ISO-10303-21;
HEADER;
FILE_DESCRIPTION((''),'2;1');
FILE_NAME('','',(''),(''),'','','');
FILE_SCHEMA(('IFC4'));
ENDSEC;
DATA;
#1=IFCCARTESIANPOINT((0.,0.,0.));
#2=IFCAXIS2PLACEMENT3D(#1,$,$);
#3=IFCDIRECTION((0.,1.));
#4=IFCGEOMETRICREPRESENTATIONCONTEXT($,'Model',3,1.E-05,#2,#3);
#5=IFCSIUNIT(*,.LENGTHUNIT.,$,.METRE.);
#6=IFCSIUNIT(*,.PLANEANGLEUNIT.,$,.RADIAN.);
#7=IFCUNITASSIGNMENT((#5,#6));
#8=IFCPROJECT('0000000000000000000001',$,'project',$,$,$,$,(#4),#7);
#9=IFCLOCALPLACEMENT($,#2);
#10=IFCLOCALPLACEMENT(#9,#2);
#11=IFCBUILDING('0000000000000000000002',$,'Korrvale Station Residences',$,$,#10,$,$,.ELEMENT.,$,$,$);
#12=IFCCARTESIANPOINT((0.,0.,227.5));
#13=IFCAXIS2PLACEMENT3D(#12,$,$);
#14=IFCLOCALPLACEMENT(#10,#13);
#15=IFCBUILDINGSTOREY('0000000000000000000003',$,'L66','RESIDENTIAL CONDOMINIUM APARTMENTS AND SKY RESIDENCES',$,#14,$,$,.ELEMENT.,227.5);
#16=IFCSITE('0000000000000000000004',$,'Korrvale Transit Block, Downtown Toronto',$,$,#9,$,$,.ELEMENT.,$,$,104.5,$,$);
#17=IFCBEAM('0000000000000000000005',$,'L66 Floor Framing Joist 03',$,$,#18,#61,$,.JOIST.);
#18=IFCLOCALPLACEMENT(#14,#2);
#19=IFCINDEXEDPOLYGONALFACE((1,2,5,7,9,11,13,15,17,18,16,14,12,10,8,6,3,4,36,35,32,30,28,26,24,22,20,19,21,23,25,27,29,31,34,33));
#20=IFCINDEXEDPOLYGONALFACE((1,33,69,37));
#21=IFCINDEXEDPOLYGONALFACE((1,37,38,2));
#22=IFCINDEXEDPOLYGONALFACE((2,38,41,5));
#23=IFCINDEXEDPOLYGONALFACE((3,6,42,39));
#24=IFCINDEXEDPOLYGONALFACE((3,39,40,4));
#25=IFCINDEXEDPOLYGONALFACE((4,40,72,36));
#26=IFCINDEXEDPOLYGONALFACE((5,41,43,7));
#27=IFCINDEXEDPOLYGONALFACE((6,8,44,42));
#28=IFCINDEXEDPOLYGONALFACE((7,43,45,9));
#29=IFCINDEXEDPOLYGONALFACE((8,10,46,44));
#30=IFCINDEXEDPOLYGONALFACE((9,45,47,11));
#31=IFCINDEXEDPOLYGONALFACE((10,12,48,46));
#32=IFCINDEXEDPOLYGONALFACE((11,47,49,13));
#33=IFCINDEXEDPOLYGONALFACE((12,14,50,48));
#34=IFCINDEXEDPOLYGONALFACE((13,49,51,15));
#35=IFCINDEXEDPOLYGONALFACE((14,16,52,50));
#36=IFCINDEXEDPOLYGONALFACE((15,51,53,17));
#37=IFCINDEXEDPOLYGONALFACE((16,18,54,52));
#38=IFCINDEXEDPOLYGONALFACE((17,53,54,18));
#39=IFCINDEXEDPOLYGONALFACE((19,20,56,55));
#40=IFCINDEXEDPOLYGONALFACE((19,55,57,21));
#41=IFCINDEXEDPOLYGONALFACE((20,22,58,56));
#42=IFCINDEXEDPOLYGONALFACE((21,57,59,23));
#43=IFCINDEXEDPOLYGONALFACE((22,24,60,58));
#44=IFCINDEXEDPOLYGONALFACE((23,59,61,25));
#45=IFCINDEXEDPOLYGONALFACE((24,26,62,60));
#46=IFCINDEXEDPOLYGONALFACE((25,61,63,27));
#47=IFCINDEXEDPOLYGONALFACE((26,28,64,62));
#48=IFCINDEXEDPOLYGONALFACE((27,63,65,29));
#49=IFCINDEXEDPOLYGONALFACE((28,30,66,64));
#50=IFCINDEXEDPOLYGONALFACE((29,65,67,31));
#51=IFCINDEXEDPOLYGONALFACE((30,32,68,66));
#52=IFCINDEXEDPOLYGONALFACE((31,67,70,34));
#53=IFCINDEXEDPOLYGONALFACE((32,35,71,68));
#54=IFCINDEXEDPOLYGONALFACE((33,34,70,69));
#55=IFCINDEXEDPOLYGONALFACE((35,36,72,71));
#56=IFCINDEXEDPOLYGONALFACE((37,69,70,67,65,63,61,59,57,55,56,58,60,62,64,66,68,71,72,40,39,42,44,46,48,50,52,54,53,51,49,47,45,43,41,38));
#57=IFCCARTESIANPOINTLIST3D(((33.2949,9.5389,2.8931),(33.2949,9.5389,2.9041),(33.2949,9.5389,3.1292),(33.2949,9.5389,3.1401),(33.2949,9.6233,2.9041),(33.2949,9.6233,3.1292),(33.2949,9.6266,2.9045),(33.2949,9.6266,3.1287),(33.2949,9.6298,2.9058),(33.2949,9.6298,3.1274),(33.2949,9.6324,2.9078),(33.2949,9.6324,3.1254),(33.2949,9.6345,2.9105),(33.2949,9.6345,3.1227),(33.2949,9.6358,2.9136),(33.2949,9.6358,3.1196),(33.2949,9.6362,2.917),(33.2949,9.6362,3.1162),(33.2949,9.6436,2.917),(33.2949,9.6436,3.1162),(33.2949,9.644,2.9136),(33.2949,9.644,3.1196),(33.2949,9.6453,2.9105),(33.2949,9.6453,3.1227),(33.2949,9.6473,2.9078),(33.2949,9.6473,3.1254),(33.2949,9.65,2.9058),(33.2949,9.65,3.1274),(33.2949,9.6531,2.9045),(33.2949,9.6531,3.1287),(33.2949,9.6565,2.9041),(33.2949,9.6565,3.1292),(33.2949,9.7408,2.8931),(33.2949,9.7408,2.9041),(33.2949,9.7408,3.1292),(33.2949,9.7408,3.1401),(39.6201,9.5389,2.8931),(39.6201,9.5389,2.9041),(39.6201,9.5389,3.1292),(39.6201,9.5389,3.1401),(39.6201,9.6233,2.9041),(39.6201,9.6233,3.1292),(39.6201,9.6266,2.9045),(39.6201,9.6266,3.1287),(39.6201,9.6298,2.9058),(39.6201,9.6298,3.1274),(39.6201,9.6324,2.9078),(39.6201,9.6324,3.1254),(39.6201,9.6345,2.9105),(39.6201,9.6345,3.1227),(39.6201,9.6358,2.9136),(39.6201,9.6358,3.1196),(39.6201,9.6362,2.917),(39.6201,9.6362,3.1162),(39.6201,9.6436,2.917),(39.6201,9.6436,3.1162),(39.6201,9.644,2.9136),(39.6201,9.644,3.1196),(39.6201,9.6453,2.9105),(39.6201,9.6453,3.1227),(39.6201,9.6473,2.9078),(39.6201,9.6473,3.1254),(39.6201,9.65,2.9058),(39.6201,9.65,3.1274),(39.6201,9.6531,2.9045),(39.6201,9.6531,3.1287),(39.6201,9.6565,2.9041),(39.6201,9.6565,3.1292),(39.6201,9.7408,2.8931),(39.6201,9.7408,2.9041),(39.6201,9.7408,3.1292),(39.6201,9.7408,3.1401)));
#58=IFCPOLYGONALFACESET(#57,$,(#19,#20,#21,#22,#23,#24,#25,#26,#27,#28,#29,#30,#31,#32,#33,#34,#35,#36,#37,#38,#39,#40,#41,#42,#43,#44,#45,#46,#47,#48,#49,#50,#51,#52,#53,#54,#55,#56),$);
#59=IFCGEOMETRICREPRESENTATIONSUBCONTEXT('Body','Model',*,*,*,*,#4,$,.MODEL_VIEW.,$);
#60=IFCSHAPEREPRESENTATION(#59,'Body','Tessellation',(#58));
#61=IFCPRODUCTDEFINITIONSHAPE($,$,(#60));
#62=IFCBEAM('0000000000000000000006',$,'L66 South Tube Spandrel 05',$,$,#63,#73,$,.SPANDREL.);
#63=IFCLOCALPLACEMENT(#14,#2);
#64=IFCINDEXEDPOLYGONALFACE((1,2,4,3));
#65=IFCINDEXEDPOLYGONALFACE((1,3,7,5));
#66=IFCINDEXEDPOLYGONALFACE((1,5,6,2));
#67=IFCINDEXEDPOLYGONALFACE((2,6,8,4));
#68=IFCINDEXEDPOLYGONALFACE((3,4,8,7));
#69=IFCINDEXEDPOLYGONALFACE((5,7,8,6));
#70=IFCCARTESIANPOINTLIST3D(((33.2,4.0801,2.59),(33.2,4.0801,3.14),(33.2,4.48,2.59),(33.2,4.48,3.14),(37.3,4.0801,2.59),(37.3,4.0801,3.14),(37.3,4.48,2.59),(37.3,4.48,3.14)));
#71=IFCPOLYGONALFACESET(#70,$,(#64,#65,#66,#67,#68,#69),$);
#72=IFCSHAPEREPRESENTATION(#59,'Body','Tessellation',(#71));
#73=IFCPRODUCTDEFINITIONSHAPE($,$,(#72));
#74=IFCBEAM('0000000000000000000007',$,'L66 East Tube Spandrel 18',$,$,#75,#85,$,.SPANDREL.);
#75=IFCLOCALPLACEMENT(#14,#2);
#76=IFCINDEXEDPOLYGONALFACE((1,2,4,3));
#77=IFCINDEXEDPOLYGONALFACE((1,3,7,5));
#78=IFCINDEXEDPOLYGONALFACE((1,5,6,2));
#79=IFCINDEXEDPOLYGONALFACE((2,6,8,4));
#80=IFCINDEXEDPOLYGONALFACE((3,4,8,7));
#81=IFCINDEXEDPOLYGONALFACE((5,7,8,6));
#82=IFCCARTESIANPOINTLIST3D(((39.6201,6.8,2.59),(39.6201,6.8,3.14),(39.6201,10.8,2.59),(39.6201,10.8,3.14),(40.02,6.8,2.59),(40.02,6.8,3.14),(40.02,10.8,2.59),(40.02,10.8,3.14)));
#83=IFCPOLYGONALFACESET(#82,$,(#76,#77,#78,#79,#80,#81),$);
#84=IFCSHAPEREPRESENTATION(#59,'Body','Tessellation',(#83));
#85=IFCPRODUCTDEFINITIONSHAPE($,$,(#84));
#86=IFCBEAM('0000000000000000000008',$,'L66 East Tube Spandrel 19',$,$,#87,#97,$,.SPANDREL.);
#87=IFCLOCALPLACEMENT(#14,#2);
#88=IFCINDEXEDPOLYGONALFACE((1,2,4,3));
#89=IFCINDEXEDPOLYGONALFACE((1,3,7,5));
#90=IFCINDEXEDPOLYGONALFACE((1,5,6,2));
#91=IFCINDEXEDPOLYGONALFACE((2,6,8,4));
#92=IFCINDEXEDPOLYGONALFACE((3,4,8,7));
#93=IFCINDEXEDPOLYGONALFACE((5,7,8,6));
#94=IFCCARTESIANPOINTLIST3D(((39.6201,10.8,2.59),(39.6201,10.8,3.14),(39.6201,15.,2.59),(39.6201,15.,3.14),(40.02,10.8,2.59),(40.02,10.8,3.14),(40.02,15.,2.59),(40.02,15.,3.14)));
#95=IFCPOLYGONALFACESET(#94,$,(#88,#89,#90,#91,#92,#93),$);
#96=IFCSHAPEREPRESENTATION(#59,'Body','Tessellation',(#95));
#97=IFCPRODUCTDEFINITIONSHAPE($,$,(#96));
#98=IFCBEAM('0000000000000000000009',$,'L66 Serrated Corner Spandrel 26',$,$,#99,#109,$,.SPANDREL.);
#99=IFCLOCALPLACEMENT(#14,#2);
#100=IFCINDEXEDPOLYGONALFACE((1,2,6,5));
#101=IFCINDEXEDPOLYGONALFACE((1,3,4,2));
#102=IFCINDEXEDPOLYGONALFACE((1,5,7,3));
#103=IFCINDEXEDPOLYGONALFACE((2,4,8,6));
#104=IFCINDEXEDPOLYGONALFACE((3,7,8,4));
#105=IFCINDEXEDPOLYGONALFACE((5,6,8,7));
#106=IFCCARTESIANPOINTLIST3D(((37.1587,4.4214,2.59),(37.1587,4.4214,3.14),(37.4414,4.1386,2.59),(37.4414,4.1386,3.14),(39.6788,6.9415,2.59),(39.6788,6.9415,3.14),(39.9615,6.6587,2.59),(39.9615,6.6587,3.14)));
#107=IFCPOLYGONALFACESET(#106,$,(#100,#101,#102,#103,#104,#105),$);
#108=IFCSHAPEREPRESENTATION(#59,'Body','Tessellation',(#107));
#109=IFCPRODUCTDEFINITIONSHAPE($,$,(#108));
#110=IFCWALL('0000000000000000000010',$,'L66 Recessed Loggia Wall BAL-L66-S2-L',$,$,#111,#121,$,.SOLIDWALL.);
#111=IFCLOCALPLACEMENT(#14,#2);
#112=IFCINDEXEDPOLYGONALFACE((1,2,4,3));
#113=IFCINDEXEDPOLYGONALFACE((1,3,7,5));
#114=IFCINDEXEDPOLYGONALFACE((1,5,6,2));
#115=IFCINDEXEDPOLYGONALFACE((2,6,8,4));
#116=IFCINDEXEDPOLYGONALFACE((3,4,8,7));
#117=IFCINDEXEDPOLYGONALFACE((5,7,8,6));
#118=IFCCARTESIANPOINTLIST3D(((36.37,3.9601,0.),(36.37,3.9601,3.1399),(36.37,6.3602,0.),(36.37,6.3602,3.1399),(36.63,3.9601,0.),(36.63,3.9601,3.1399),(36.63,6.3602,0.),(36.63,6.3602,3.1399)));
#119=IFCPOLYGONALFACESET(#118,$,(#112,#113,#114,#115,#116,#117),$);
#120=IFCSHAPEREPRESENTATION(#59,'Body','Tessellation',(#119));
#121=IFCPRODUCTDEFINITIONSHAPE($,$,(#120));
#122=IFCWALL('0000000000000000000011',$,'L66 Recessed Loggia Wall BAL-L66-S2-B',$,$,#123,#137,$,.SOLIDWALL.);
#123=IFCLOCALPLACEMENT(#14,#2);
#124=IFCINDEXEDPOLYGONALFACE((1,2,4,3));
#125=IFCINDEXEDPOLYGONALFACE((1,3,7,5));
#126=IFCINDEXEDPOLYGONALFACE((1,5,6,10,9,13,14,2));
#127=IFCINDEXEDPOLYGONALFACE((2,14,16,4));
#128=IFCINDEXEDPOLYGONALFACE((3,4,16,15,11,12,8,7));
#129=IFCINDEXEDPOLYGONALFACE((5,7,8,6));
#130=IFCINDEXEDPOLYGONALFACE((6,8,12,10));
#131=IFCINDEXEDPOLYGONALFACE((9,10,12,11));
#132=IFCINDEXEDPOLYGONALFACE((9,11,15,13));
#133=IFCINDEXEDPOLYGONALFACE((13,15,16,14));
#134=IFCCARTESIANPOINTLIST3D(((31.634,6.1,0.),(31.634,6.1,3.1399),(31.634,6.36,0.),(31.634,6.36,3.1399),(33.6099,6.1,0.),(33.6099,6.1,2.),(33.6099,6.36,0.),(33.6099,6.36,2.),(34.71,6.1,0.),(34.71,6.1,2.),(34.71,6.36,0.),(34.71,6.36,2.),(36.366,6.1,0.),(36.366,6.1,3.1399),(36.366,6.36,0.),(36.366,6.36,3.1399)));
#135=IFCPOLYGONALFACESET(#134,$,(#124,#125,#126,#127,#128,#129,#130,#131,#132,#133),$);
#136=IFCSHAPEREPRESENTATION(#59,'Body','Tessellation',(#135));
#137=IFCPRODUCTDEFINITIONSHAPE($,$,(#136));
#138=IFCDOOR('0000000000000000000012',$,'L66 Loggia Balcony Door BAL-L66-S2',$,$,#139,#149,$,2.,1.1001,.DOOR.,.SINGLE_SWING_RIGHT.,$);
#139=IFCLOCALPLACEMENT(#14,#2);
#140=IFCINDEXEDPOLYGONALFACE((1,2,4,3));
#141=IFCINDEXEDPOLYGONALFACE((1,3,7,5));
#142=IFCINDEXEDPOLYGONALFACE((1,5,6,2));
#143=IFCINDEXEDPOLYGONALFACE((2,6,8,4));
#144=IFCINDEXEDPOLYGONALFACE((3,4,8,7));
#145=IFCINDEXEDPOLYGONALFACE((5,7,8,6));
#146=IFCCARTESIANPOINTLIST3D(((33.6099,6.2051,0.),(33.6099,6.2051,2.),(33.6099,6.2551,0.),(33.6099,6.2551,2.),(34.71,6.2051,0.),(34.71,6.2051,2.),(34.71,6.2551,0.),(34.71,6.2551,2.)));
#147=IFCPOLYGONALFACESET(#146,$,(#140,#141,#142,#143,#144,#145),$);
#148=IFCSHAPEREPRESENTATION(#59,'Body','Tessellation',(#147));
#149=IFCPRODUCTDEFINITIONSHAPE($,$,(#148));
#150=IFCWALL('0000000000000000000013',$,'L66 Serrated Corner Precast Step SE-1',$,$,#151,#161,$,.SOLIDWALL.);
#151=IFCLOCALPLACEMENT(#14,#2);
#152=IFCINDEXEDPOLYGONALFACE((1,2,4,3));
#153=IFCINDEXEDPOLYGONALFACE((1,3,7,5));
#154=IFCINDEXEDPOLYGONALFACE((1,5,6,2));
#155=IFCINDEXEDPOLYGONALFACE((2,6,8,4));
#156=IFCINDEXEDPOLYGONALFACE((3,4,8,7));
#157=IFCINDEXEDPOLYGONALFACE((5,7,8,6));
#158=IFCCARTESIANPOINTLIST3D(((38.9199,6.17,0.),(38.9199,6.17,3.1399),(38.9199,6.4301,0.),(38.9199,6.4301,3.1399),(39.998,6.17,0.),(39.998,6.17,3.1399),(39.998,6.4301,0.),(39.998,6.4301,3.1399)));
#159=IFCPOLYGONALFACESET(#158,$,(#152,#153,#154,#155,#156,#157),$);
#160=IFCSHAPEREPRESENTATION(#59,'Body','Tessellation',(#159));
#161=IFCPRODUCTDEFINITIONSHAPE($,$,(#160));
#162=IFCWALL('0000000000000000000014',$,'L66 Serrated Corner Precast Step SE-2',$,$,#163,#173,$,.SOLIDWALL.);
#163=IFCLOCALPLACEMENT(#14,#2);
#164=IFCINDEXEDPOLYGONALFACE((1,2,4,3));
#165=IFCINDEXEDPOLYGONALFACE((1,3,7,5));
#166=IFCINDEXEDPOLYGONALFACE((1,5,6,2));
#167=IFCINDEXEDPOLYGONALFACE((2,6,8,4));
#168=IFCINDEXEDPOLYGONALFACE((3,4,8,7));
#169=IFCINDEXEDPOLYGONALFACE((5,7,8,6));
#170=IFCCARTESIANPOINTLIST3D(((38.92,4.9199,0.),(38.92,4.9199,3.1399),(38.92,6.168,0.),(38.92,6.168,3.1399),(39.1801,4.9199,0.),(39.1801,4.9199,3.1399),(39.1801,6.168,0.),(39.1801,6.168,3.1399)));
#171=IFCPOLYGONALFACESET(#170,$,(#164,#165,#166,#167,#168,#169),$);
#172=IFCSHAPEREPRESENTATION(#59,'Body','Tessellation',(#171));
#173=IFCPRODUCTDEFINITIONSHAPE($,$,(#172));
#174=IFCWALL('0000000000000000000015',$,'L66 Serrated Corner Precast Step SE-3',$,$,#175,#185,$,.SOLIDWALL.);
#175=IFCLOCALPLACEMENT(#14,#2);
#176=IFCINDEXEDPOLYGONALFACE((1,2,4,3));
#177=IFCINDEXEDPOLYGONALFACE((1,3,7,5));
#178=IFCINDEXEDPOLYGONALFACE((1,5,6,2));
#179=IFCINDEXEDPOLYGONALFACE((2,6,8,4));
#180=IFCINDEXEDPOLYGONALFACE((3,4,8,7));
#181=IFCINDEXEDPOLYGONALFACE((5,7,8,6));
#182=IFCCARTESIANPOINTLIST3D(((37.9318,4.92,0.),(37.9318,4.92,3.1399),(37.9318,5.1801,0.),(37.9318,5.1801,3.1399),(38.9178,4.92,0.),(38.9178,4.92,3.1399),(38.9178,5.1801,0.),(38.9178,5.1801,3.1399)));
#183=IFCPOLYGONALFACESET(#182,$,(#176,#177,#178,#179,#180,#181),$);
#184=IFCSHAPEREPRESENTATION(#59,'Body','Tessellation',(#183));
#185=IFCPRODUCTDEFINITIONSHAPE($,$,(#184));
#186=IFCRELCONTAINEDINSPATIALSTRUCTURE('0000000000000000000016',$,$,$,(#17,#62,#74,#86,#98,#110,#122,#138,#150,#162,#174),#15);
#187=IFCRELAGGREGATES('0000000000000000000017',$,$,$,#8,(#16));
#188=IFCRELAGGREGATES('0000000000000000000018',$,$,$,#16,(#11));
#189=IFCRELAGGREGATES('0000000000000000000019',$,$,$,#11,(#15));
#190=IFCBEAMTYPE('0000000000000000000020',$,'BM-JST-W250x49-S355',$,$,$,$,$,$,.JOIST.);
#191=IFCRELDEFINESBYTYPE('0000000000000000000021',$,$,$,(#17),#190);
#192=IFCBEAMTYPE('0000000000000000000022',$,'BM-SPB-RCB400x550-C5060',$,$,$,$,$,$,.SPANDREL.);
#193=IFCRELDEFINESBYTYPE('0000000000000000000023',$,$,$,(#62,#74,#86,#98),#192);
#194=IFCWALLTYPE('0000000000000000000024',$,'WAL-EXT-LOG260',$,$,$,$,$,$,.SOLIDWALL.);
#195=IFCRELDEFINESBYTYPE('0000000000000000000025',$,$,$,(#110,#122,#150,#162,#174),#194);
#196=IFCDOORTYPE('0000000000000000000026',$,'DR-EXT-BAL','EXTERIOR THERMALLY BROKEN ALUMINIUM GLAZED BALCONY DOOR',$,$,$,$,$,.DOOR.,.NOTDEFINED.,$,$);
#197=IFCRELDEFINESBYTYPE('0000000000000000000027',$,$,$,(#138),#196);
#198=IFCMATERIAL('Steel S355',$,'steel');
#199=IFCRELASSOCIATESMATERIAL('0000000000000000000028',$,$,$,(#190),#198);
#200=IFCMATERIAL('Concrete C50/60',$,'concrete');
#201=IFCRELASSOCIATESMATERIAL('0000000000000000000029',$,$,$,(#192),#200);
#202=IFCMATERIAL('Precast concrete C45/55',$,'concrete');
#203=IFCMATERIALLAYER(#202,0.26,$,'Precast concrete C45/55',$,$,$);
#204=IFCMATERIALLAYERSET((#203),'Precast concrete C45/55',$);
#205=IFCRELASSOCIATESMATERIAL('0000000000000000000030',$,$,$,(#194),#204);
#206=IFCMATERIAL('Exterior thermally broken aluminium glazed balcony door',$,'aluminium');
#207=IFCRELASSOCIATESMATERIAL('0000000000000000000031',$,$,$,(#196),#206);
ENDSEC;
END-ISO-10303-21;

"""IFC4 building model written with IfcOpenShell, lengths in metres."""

from ifc_helpers import new_model, si_unit, direction, frame, frame_2d, origin, origin_2d, place, context, subcontext, project, spatial, rectangle, i_section, extrude, material, layer, layer_set, material_profile, profile_set, type_object, element, fill, save


model = new_model("IFC4")

# Units and contexts
model_context = context("Model", 3, precision=1e-05, world=origin(), true_north=direction((0.0, 1.0)))
body_context = subcontext(model_context, "Body", "Model", "MODEL_VIEW")
ifc_project = project(units=[si_unit("LENGTHUNIT", "METRE"), si_unit("PLANEANGLEUNIT", "RADIAN")], contexts=[model_context])

# Site, building, storey
site_placement = place(None, origin())
site = spatial("IfcSite", under=ifc_project, at=site_placement, Name="Korrvale Transit Block, Downtown Toronto", CompositionType="ELEMENT", RefElevation=104.5)
building_placement = place(site_placement, origin())
building = spatial("IfcBuilding", under=site, at=building_placement, Name="Korrvale Station Residences", CompositionType="ELEMENT")
storey_placement = place(building_placement, frame((0.0, 0.0, 227.5)))
storey = spatial("IfcBuildingStorey", under=building, at=storey_placement, Name="L66", Description="RESIDENTIAL CONDOMINIUM APARTMENTS AND SKY RESIDENCES", CompositionType="ELEMENT", Elevation=227.5)

# Shared definitions
ifc_material_1 = material(Name="Concrete C50/60", Category="concrete")

# Beams
ifc_material_2 = material(Name="Steel S355", Category="steel")
ifc_material_profile_1 = material_profile(ifc_material_2, i_section(OverallWidth=0.2019, OverallDepth=0.2471, WebThickness=0.0073, FlangeThickness=0.011, FilletRadius=0.0129, at=origin_2d()), Name="W250x49")
ifc_profile_set_1 = profile_set([ifc_material_profile_1], Name="Steel S355")
beam_type_1 = type_object("IfcBeamType", Name="BM-JST-W250x49-S355", PredefinedType="JOIST", material=ifc_profile_set_1)
beam_1_placement = place(storey_placement, frame((33.2949, 9.6399, 3.0166), z_axis=(1.0, 0.0, 0.0), x_axis=(0.0, 1.0, 0.0)))
element("IfcBeam", 1, at=beam_1_placement, inside=storey, type_object=beam_type_1, Name="L66 Floor Framing Joist 03", PredefinedType="JOIST", context=body_context, shape_type="SweptSolid", body=[
    extrude(i_section(OverallWidth=0.2019, OverallDepth=0.2471, WebThickness=0.0073, FlangeThickness=0.011, FilletRadius=0.0129, at=origin_2d()), origin(), (0.0, 0.0, 1.0), 6.3252),
])
ifc_material_profile_2 = material_profile(ifc_material_1, rectangle(XDim=0.3999, YDim=0.55, at=origin_2d()), Name="RCB400x550")
ifc_profile_set_2 = profile_set([ifc_material_profile_2], Name="Concrete C50/60")
beam_type_2 = type_object("IfcBeamType", Name="BM-SPB-RCB400x550-C5060", PredefinedType="SPANDREL", material=ifc_profile_set_2)
beam_2_placement = place(storey_placement, frame((33.2, 4.28, 2.865), z_axis=(1.0, 0.0, 0.0), x_axis=(0.0, 1.0, 0.0)))
element("IfcBeam", 2, at=beam_2_placement, inside=storey, type_object=beam_type_2, Name="L66 South Tube Spandrel 05", PredefinedType="SPANDREL", context=body_context, shape_type="SweptSolid", body=[
    extrude(rectangle(XDim=0.3999, YDim=0.55, at=origin_2d()), origin(), (0.0, 0.0, 1.0), 4.1001),
])
beam_3_placement = place(storey_placement, frame((39.8201, 6.8, 2.865), z_axis=(0.0, 1.0, 0.0), x_axis=(-1.0, 0.0, 0.0)))
element("IfcBeam", 3, at=beam_3_placement, inside=storey, type_object=beam_type_2, Name="L66 East Tube Spandrel 18", PredefinedType="SPANDREL", context=body_context, shape_type="SweptSolid", body=[
    extrude(rectangle(XDim=0.3999, YDim=0.55, at=origin_2d()), origin(), (0.0, 0.0, 1.0), 4.0),
])
beam_4_placement = place(storey_placement, frame((39.8201, 10.8, 2.865), z_axis=(0.0, 1.0, 0.0), x_axis=(-1.0, 0.0, 0.0)))
element("IfcBeam", 4, at=beam_4_placement, inside=storey, type_object=beam_type_2, Name="L66 East Tube Spandrel 19", PredefinedType="SPANDREL", context=body_context, shape_type="SweptSolid", body=[
    extrude(rectangle(XDim=0.3999, YDim=0.55, at=origin_2d()), origin(), (0.0, 0.0, 1.0), 4.2),
])
beam_5_placement = place(storey_placement, frame((37.3, 4.28, 2.865), z_axis=(0.707107, 0.707107, 0.0), x_axis=(-0.707107, 0.707107, 0.0)))
element("IfcBeam", 5, at=beam_5_placement, inside=storey, type_object=beam_type_2, Name="L66 Serrated Corner Spandrel 26", PredefinedType="SPANDREL", context=body_context, shape_type="SweptSolid", body=[
    extrude(rectangle(XDim=0.3999, YDim=0.55, at=origin_2d()), origin(), (0.0, 0.0, 1.0), 3.564),
])

# Wall
ifc_material_3 = material(Name="Precast concrete C45/55", Category="concrete")
ifc_layer_1 = layer(ifc_material_3, 0.26, Name="Precast concrete C45/55")
ifc_layer_set_1 = layer_set([ifc_layer_1], Name="Precast concrete C45/55")
wall_type_1 = type_object("IfcWallType", Name="WAL-EXT-LOG260", PredefinedType="SOLIDWALL", material=ifc_layer_set_1)
wall_1_placement = place(storey_placement, frame((36.5, 3.96, 0.0), z_axis=(0.0, 0.0, 1.0), x_axis=(0.0, 1.0, 0.0)))
element("IfcWall", 6, at=wall_1_placement, inside=storey, type_object=wall_type_1, Name="L66 Recessed Loggia Wall BAL-L66-S2-L", PredefinedType="SOLIDWALL", context=body_context, shape_type="SweptSolid", body=[
    extrude(rectangle(XDim=2.4001, YDim=0.26, at=frame_2d((1.2002, 0.0))), origin(), (0.0, 0.0, 1.0), 3.1399),
])

# Wall, opening, door
wall_2_placement = place(storey_placement, frame((36.366, 6.23, 0.0), z_axis=(0.0, 0.0, 1.0), x_axis=(-1.0, 0.0, 0.0)))
wall_2 = element("IfcWall", 7, at=wall_2_placement, inside=storey, type_object=wall_type_1, Name="L66 Recessed Loggia Wall BAL-L66-S2-B", PredefinedType="SOLIDWALL", context=body_context, shape_type="SweptSolid", body=[
    extrude(rectangle(XDim=4.7319, YDim=0.26, at=frame_2d((2.366, 0.0))), origin(), (0.0, 0.0, 1.0), 3.1399),
])
opening_1_placement = place(wall_2_placement, frame((1.656, 0.0, 0.0)))
opening_1 = element("IfcOpeningElement", 8, at=opening_1_placement, cuts=wall_2, PredefinedType="OPENING", context=body_context, shape_type="SweptSolid", body=[
    extrude(rectangle(XDim=1.1001, YDim=2.0, at=frame_2d((0.55, 1.0))), frame((0.0, 0.1401, 0.0), z_axis=(0.0, -1.0, 0.0), x_axis=(1.0, 0.0, 0.0)), (0.0, 0.0, 1.0), 0.28),
])
ifc_material_4 = material(Name="Exterior thermally broken aluminium glazed balcony door", Category="aluminium")
door_type_1 = type_object("IfcDoorType", Name="DR-EXT-BAL", Description="EXTERIOR THERMALLY BROKEN ALUMINIUM GLAZED BALCONY DOOR", OperationType="NOTDEFINED", PredefinedType="DOOR", material=ifc_material_4)
door_1_placement = place(opening_1_placement, origin())
door_1 = element("IfcDoor", 9, at=door_1_placement, inside=storey, type_object=door_type_1, Name="L66 Loggia Balcony Door BAL-L66-S2", OperationType="SINGLE_SWING_RIGHT", OverallHeight=2.0, OverallWidth=1.1001, PredefinedType="DOOR", context=body_context, shape_type="SweptSolid", body=[
    extrude(rectangle(XDim=1.1001, YDim=2.0, at=frame_2d((0.55, 1.0))), frame((0.0, 0.0249, 0.0), z_axis=(0.0, -1.0, 0.0), x_axis=(1.0, 0.0, 0.0)), (0.0, 0.0, 1.0), 0.05),
])
fill(opening_1, door_1)

# Walls
wall_3_placement = place(storey_placement, frame((39.998, 6.3, 0.0), z_axis=(0.0, 0.0, 1.0), x_axis=(-1.0, 0.0, 0.0)))
element("IfcWall", 10, at=wall_3_placement, inside=storey, type_object=wall_type_1, Name="L66 Serrated Corner Precast Step SE-1", PredefinedType="SOLIDWALL", context=body_context, shape_type="SweptSolid", body=[
    extrude(rectangle(XDim=1.0781, YDim=0.26, at=frame_2d((0.5391, 0.0))), origin(), (0.0, 0.0, 1.0), 3.1399),
])
wall_4_placement = place(storey_placement, frame((39.05, 6.168, 0.0), z_axis=(0.0, 0.0, 1.0), x_axis=(0.0, -1.0, 0.0)))
element("IfcWall", 11, at=wall_4_placement, inside=storey, type_object=wall_type_1, Name="L66 Serrated Corner Precast Step SE-2", PredefinedType="SOLIDWALL", context=body_context, shape_type="SweptSolid", body=[
    extrude(rectangle(XDim=1.248, YDim=0.26, at=frame_2d((0.624, 0.0))), origin(), (0.0, 0.0, 1.0), 3.1399),
])
wall_5_placement = place(storey_placement, frame((38.918, 5.05, 0.0), z_axis=(0.0, 0.0, 1.0), x_axis=(-1.0, 0.0, 0.0)))
element("IfcWall", 12, at=wall_5_placement, inside=storey, type_object=wall_type_1, Name="L66 Serrated Corner Precast Step SE-3", PredefinedType="SOLIDWALL", context=body_context, shape_type="SweptSolid", body=[
    extrude(rectangle(XDim=0.9861, YDim=0.26, at=frame_2d((0.4932, 0.0))), origin(), (0.0, 0.0, 1.0), 3.1399),
])

save(model, "model.ifc")
